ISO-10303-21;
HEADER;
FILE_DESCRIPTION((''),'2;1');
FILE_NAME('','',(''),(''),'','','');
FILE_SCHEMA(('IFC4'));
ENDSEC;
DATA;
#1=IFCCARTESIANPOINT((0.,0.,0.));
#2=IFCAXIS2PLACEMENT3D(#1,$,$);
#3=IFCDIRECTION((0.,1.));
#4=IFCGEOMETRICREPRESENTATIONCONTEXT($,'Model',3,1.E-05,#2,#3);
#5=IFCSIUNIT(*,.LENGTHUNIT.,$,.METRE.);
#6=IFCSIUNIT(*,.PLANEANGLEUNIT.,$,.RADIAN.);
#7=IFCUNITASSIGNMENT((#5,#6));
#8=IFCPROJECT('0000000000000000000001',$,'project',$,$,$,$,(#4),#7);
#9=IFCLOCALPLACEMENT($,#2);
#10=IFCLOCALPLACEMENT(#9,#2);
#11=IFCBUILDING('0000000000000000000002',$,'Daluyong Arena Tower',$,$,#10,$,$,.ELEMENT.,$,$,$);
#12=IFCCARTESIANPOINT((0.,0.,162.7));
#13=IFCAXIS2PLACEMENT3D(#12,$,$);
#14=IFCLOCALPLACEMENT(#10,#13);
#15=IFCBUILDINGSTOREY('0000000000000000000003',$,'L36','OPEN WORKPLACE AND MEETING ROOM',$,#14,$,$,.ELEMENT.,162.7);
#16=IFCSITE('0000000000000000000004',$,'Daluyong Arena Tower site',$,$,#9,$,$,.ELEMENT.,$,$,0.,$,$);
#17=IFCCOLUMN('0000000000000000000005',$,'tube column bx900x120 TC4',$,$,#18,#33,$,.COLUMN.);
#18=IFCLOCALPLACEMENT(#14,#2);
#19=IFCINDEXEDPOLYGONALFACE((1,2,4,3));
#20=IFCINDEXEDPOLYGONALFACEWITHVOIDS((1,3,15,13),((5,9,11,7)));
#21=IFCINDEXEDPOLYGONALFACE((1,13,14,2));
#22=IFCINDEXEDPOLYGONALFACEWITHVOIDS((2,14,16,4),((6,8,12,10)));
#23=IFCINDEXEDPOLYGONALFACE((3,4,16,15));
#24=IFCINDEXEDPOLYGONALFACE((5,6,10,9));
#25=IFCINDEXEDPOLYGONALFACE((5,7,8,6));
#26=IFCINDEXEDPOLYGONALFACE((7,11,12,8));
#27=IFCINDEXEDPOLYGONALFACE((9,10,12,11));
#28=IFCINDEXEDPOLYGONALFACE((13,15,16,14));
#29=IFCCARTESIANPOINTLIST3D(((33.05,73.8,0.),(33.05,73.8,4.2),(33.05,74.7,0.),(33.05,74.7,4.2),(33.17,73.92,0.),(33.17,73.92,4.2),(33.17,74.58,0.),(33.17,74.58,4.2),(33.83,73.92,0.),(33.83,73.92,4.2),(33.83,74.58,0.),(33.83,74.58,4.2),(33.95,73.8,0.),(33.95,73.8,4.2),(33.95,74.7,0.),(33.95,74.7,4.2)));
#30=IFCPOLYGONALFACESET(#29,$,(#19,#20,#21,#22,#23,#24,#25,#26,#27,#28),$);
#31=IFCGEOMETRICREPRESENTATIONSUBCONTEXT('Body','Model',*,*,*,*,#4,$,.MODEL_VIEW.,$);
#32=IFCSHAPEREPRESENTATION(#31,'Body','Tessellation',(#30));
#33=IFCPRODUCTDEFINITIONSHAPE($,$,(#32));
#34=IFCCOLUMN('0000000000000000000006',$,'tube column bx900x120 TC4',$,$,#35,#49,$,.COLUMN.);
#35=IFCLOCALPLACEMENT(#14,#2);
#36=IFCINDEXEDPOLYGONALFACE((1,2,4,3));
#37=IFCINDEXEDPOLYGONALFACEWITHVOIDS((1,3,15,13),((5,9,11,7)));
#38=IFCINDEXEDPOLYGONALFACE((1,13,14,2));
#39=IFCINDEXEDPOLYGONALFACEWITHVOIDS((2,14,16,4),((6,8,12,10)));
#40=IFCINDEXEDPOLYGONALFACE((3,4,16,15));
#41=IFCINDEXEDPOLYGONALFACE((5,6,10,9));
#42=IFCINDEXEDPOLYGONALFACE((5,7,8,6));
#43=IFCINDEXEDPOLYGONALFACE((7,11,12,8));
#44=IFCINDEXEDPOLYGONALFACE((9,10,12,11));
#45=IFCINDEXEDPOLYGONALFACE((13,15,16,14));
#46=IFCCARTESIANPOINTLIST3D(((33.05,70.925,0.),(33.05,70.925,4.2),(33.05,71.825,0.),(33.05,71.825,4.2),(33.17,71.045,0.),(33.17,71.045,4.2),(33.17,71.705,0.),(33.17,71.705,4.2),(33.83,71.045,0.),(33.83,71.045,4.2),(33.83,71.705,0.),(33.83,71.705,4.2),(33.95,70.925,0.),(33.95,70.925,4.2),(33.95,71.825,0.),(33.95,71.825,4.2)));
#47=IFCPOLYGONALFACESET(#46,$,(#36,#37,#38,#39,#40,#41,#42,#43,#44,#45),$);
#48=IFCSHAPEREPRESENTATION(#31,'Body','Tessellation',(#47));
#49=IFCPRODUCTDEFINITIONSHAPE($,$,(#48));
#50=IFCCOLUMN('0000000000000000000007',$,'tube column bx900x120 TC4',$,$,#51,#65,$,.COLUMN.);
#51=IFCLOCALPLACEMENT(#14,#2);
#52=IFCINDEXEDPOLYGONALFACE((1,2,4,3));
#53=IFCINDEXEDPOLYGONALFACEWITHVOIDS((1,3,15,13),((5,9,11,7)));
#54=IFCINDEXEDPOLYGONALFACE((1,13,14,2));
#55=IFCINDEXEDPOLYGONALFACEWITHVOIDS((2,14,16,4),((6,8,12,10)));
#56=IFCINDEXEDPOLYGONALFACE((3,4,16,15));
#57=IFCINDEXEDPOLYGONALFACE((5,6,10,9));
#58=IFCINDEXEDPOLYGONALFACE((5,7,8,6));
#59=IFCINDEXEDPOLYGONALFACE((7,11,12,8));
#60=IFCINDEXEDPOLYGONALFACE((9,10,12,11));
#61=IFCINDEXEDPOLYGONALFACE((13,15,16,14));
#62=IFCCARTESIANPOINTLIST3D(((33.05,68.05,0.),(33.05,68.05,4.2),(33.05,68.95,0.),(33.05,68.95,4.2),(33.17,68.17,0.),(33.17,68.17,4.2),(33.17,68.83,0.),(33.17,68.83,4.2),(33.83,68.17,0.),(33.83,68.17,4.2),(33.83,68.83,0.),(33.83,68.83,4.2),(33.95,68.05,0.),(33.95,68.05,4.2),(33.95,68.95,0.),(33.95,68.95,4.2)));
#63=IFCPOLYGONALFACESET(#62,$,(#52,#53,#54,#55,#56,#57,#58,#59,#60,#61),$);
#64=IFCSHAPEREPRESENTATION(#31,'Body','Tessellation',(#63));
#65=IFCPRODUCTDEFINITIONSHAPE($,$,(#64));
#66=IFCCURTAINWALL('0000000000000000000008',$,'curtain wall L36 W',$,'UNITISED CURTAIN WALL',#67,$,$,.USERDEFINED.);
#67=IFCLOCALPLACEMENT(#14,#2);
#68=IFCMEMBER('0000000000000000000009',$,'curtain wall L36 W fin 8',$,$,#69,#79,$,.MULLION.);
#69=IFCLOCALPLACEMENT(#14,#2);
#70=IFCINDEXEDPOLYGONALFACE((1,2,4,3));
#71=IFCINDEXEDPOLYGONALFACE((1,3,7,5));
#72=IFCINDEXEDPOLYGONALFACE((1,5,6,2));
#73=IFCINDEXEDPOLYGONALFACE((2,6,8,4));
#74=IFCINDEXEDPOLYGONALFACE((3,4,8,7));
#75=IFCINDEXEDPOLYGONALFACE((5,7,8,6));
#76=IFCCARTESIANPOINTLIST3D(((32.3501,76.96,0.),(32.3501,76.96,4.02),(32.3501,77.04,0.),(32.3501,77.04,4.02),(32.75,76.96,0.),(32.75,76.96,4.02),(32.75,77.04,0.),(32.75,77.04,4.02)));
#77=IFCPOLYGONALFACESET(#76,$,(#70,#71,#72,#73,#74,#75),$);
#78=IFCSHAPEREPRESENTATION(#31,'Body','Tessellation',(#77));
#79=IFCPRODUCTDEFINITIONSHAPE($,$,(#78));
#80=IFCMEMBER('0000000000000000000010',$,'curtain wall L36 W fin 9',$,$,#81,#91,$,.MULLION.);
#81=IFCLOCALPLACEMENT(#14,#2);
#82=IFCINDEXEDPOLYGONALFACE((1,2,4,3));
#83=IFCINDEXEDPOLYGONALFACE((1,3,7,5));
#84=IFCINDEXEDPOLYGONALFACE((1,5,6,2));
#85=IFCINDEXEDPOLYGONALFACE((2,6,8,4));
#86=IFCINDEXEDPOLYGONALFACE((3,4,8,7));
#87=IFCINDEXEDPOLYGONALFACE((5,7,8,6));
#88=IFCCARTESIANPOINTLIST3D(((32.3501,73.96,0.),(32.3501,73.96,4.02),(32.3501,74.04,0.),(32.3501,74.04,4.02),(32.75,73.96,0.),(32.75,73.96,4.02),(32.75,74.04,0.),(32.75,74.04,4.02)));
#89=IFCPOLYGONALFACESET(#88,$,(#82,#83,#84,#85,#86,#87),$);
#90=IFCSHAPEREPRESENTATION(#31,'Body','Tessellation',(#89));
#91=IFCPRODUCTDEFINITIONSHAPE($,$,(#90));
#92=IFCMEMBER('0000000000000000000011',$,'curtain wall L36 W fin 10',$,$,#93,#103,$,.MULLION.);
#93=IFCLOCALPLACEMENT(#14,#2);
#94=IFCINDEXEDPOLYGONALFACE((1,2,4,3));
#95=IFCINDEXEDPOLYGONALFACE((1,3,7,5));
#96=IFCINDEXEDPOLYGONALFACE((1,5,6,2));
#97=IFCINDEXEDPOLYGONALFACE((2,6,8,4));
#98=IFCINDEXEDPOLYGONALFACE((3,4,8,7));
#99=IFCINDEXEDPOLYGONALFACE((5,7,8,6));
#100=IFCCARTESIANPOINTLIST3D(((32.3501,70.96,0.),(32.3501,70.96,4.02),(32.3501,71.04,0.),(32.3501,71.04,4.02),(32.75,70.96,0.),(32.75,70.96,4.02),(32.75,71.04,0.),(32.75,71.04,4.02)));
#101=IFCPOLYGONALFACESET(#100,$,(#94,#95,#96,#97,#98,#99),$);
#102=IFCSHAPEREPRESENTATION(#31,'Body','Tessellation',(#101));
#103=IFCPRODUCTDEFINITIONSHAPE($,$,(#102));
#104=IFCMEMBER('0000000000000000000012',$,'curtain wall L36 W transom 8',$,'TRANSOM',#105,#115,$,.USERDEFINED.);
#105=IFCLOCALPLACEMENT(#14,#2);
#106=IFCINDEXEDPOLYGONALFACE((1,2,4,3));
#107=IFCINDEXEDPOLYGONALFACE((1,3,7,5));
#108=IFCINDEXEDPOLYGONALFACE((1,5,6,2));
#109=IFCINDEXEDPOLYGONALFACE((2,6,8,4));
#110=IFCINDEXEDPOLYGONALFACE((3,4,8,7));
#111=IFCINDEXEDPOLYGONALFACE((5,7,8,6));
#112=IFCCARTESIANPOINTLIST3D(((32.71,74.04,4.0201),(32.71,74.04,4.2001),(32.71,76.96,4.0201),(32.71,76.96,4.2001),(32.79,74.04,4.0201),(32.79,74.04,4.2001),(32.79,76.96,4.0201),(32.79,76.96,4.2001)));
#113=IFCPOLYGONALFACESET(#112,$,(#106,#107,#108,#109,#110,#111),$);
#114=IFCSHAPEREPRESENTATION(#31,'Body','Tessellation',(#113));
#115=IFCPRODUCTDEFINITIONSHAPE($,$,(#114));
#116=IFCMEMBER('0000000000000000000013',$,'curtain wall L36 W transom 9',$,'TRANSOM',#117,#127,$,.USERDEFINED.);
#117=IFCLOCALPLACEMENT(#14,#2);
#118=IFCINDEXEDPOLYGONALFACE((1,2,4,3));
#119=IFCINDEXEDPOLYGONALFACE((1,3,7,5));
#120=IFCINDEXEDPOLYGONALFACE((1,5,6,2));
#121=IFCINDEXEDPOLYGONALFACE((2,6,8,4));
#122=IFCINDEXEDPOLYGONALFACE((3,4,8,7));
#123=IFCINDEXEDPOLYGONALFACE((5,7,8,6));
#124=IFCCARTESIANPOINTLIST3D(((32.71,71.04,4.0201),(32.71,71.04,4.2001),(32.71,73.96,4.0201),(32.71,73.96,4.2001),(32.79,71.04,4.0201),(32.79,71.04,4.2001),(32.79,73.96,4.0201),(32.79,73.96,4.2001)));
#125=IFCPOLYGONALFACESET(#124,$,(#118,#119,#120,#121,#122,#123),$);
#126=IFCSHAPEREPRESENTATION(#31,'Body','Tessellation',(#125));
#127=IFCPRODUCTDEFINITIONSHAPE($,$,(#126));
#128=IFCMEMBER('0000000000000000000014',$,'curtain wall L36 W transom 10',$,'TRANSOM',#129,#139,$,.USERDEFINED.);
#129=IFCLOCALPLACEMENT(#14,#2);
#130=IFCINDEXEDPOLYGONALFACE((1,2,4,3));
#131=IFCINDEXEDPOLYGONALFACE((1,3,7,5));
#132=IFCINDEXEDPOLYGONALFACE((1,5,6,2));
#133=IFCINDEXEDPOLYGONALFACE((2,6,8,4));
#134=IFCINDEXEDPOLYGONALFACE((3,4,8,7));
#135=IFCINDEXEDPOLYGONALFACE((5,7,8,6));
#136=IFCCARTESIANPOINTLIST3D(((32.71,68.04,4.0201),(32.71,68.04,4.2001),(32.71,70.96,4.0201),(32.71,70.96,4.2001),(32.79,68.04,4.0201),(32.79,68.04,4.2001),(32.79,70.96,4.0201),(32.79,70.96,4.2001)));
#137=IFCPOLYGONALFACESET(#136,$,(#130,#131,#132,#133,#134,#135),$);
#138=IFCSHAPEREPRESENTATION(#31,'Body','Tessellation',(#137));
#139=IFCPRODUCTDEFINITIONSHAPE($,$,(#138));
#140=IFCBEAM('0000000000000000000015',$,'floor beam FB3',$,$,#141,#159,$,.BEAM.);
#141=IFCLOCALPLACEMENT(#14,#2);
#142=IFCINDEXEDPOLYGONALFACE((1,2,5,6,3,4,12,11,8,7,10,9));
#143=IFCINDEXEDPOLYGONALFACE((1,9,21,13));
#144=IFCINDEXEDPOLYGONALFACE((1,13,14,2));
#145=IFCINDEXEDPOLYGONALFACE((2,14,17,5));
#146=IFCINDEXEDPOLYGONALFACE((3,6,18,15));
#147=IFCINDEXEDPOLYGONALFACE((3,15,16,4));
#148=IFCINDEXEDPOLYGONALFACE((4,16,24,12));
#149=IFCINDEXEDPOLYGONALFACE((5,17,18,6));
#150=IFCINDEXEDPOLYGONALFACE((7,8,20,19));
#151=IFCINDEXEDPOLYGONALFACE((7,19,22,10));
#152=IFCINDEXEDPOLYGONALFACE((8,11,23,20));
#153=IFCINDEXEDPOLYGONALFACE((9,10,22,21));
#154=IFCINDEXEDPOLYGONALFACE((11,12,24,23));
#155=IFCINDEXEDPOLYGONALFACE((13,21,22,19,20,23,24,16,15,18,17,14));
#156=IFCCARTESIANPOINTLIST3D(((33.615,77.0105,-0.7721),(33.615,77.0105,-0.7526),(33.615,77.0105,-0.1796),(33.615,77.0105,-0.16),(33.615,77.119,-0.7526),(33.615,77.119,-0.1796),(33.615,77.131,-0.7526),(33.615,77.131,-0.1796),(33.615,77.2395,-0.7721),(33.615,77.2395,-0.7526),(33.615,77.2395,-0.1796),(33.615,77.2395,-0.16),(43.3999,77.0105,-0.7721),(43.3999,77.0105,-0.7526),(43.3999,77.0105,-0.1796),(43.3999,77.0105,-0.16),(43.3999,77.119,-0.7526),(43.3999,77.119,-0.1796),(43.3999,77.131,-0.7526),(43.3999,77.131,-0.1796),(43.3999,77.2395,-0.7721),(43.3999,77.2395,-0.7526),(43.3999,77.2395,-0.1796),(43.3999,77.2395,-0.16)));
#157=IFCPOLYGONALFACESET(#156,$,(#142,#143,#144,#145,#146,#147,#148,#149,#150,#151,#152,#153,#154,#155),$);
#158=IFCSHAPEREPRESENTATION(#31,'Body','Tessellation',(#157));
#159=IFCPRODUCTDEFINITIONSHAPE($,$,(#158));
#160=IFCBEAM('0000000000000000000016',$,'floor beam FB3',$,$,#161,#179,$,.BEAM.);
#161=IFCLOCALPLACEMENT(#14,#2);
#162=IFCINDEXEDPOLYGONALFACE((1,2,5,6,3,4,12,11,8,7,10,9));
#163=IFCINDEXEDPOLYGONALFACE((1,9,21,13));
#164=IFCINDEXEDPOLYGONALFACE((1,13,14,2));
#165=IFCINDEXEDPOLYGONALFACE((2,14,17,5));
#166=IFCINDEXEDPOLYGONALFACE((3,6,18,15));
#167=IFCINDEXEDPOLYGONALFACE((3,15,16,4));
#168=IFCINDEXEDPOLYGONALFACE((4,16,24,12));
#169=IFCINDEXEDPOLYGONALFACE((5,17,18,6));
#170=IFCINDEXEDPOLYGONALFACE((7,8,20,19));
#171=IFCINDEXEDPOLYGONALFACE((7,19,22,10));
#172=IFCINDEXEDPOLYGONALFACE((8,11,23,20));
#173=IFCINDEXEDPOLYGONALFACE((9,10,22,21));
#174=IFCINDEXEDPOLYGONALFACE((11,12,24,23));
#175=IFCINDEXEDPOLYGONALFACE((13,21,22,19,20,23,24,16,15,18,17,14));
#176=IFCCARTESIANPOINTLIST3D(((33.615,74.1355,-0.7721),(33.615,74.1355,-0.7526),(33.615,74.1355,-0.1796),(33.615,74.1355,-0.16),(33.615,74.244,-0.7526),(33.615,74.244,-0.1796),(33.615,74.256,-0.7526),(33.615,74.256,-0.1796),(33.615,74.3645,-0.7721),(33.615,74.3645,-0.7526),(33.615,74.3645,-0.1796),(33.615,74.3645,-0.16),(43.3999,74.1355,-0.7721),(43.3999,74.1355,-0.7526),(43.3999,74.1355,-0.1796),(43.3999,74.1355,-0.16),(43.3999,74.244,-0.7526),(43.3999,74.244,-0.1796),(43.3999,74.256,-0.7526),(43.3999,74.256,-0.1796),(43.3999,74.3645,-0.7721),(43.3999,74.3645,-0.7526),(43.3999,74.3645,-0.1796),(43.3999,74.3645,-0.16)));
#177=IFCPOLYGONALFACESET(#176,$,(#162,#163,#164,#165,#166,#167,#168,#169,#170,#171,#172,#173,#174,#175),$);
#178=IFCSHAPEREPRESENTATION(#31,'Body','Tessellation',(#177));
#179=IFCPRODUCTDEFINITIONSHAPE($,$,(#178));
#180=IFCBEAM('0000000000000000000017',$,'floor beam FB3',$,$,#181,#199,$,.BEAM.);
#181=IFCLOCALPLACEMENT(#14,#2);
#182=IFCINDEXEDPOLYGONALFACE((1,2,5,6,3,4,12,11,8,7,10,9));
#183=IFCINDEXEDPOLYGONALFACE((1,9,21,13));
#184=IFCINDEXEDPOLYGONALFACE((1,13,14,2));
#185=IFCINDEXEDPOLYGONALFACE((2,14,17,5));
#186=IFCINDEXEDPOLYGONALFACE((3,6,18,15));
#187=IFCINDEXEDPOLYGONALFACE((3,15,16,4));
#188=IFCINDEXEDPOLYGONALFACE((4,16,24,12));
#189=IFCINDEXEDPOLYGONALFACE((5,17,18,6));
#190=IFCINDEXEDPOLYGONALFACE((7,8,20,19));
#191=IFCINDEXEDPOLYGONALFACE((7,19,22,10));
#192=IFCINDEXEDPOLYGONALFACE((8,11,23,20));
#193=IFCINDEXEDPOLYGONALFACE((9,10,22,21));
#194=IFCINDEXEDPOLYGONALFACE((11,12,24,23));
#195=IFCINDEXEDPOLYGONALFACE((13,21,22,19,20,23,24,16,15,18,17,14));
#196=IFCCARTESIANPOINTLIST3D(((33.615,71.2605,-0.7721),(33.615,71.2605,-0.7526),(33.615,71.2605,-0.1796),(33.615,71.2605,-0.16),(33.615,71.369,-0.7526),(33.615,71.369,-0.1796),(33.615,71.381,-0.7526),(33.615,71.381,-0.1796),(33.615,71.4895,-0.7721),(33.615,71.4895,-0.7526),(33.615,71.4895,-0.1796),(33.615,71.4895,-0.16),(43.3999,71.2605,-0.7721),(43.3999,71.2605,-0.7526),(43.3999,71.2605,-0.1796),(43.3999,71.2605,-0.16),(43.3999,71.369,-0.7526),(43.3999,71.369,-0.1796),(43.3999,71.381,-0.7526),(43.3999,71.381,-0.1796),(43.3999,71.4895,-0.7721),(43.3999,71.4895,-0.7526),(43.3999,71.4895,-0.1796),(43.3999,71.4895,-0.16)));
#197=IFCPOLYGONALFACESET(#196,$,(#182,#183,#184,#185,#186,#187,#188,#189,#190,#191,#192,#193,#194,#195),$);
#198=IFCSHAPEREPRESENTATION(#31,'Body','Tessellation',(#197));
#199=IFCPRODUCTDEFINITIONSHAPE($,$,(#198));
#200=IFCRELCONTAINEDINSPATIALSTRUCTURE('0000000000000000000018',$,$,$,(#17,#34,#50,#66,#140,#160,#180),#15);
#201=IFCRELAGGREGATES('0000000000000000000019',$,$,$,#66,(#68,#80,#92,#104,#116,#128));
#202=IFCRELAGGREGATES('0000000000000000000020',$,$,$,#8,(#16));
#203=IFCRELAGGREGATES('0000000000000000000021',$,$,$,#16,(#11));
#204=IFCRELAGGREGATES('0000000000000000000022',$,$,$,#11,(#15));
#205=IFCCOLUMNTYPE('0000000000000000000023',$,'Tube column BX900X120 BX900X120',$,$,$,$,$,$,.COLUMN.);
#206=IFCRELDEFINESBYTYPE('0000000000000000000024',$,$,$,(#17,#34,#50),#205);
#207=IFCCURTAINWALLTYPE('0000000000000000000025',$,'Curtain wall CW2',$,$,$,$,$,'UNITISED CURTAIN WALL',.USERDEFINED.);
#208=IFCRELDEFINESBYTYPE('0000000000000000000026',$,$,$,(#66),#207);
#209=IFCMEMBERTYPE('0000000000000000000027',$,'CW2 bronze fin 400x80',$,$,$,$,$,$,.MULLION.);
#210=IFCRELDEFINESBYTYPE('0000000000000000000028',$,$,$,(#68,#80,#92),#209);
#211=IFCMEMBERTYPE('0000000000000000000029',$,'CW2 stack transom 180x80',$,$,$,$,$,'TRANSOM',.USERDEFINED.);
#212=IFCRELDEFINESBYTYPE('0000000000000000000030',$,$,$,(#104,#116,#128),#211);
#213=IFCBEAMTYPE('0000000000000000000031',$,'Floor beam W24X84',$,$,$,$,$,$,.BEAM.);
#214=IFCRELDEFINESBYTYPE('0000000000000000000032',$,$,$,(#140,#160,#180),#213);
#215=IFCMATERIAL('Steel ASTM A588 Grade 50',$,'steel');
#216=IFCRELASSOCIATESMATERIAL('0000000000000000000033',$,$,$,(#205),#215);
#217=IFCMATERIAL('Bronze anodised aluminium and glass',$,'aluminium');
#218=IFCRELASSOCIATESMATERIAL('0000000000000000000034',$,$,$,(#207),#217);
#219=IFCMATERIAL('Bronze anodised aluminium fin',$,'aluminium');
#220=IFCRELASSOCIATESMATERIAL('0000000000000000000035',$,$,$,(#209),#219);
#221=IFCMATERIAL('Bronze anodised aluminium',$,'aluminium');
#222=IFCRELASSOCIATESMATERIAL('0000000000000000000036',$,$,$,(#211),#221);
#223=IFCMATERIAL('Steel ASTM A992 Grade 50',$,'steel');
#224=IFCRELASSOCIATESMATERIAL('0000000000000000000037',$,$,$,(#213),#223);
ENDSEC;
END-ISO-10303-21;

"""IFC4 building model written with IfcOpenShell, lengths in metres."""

from ifc_helpers import new_model, si_unit, direction, frame, origin, origin_2d, place, context, subcontext, project, spatial, rectangle, hollow_rectangle, i_section, extrude, material, material_profile, profile_set, type_object, element, aggregate, save


model = new_model("IFC4")

# Units and contexts
model_context = context("Model", 3, precision=1e-05, world=origin(), true_north=direction((0.0, 1.0)))
body_context = subcontext(model_context, "Body", "Model", "MODEL_VIEW")
ifc_project = project(units=[si_unit("LENGTHUNIT", "METRE"), si_unit("PLANEANGLEUNIT", "RADIAN")], contexts=[model_context])

# Site, building, storey
site_placement = place(None, origin())
site = spatial("IfcSite", under=ifc_project, at=site_placement, Name="Daluyong Arena Tower site", CompositionType="ELEMENT", RefElevation=0.0)
building_placement = place(site_placement, origin())
building = spatial("IfcBuilding", under=site, at=building_placement, Name="Daluyong Arena Tower", CompositionType="ELEMENT")
storey_placement = place(building_placement, frame((0.0, 0.0, 162.7)))
storey = spatial("IfcBuildingStorey", under=building, at=storey_placement, Name="L36", Description="OPEN WORKPLACE AND MEETING ROOM", CompositionType="ELEMENT", Elevation=162.7)

# Columns
ifc_material_1 = material(Name="Steel ASTM A588 Grade 50", Category="steel")
ifc_material_profile_1 = material_profile(ifc_material_1, hollow_rectangle(XDim=0.8999, YDim=0.8999, WallThickness=0.12, at=origin_2d()))
ifc_profile_set_1 = profile_set([ifc_material_profile_1], Name="Steel ASTM A588 Grade 50")
column_type = type_object("IfcColumnType", Name="Tube column BX900X120 BX900X120", PredefinedType="COLUMN", material=ifc_profile_set_1)
for number, where, z_axis, x_axis, name in (
    (1, (33.5, 74.25, 0.0), (0.0, 0.0, 1.0), (0.0, 1.0, 0.0), "tube column bx900x120 TC4"),
    (2, (33.5, 71.375, 0.0), (0.0, 0.0, 1.0), (0.0, 1.0, 0.0), "tube column bx900x120 TC4"),
    (3, (33.5, 68.5, 0.0), (0.0, 0.0, 1.0), (0.0, 1.0, 0.0), "tube column bx900x120 TC4"),
):
    element("IfcColumn", number, at=place(storey_placement, frame(where, z_axis=z_axis, x_axis=x_axis)), inside=storey, type_object=column_type, Name=name, PredefinedType="COLUMN", context=body_context, shape_type="SweptSolid", body=[
        extrude(hollow_rectangle(XDim=0.8999, YDim=0.8999, WallThickness=0.12, at=origin_2d()), origin(), (0.0, 0.0, 1.0), 4.2),
    ])

# Curtain wall, members
ifc_material_2 = material(Name="Bronze anodised aluminium and glass", Category="aluminium")
curtain_wall_type = type_object("IfcCurtainWallType", Name="Curtain wall CW2", ElementType="UNITISED CURTAIN WALL", PredefinedType="USERDEFINED", material=ifc_material_2)
curtain_wall_placement = place(storey_placement, origin())
curtain_wall = element("IfcCurtainWall", 4, at=curtain_wall_placement, inside=storey, type_object=curtain_wall_type, Name="curtain wall L36 W", ObjectType="UNITISED CURTAIN WALL", PredefinedType="USERDEFINED")
ifc_material_3 = material(Name="Bronze anodised aluminium fin", Category="aluminium")
ifc_material_profile_2 = material_profile(ifc_material_3, rectangle(XDim=0.3999, YDim=0.0801, at=origin_2d()))
ifc_profile_set_2 = profile_set([ifc_material_profile_2], Name="Bronze anodised aluminium fin")
member_type_1 = type_object("IfcMemberType", Name="CW2 bronze fin 400x80", PredefinedType="MULLION", material=ifc_profile_set_2)
member_1_placement = place(storey_placement, frame((32.55, 77.0, 0.0), z_axis=(0.0, 0.0, 1.0), x_axis=(1.0, 0.0, 0.0)))
member_1 = element("IfcMember", 5, at=member_1_placement, type_object=member_type_1, Name="curtain wall L36 W fin 8", PredefinedType="MULLION", context=body_context, shape_type="SweptSolid", body=[
    extrude(rectangle(XDim=0.3999, YDim=0.0801, at=origin_2d()), origin(), (0.0, 0.0, 1.0), 4.02),
])
member_2_placement = place(storey_placement, frame((32.55, 74.0, 0.0), z_axis=(0.0, 0.0, 1.0), x_axis=(1.0, 0.0, 0.0)))
member_2 = element("IfcMember", 6, at=member_2_placement, type_object=member_type_1, Name="curtain wall L36 W fin 9", PredefinedType="MULLION", context=body_context, shape_type="SweptSolid", body=[
    extrude(rectangle(XDim=0.3999, YDim=0.0801, at=origin_2d()), origin(), (0.0, 0.0, 1.0), 4.02),
])
member_3_placement = place(storey_placement, frame((32.55, 71.0, 0.0), z_axis=(0.0, 0.0, 1.0), x_axis=(1.0, 0.0, 0.0)))
member_3 = element("IfcMember", 7, at=member_3_placement, type_object=member_type_1, Name="curtain wall L36 W fin 10", PredefinedType="MULLION", context=body_context, shape_type="SweptSolid", body=[
    extrude(rectangle(XDim=0.3999, YDim=0.0801, at=origin_2d()), origin(), (0.0, 0.0, 1.0), 4.02),
])
ifc_material_4 = material(Name="Bronze anodised aluminium", Category="aluminium")
ifc_material_profile_3 = material_profile(ifc_material_4, rectangle(XDim=0.0801, YDim=0.1799, at=origin_2d()))
ifc_profile_set_3 = profile_set([ifc_material_profile_3], Name="Bronze anodised aluminium")
member_type_2 = type_object("IfcMemberType", Name="CW2 stack transom 180x80", ElementType="TRANSOM", PredefinedType="USERDEFINED", material=ifc_profile_set_3)
member_4_placement = place(storey_placement, frame((32.75, 76.96, 4.1101), z_axis=(0.0, -1.0, 0.0), x_axis=(1.0, 0.0, 0.0)))
member_4 = element("IfcMember", 8, at=member_4_placement, type_object=member_type_2, Name="curtain wall L36 W transom 8", ObjectType="TRANSOM", PredefinedType="USERDEFINED", context=body_context, shape_type="SweptSolid", body=[
    extrude(rectangle(XDim=0.0801, YDim=0.1799, at=origin_2d()), origin(), (0.0, 0.0, 1.0), 2.9199),
])
member_5_placement = place(storey_placement, frame((32.75, 73.96, 4.1101), z_axis=(0.0, -1.0, 0.0), x_axis=(1.0, 0.0, 0.0)))
member_5 = element("IfcMember", 9, at=member_5_placement, type_object=member_type_2, Name="curtain wall L36 W transom 9", ObjectType="TRANSOM", PredefinedType="USERDEFINED", context=body_context, shape_type="SweptSolid", body=[
    extrude(rectangle(XDim=0.0801, YDim=0.1799, at=origin_2d()), origin(), (0.0, 0.0, 1.0), 2.9199),
])
member_6_placement = place(storey_placement, frame((32.75, 70.96, 4.1101), z_axis=(0.0, -1.0, 0.0), x_axis=(1.0, 0.0, 0.0)))
member_6 = element("IfcMember", 10, at=member_6_placement, type_object=member_type_2, Name="curtain wall L36 W transom 10", ObjectType="TRANSOM", PredefinedType="USERDEFINED", context=body_context, shape_type="SweptSolid", body=[
    extrude(rectangle(XDim=0.0801, YDim=0.1799, at=origin_2d()), origin(), (0.0, 0.0, 1.0), 2.9199),
])

# Beams
ifc_material_5 = material(Name="Steel ASTM A992 Grade 50", Category="steel")
ifc_material_profile_4 = material_profile(ifc_material_5, i_section(OverallWidth=0.229, OverallDepth=0.6121, WebThickness=0.012, FlangeThickness=0.0195, at=origin_2d()))
ifc_profile_set_4 = profile_set([ifc_material_profile_4], Name="Steel ASTM A992 Grade 50")
beam_type_1 = type_object("IfcBeamType", Name="Floor beam W24X84", PredefinedType="BEAM", material=ifc_profile_set_4)
for number, where, z_axis, x_axis, name in (
    (11, (33.615, 77.125, -0.4661), (1.0, 0.0, 0.0), (0.0, 1.0, 0.0), "floor beam FB3"),
    (12, (33.615, 74.25, -0.4661), (1.0, 0.0, 0.0), (0.0, 1.0, 0.0), "floor beam FB3"),
    (13, (33.615, 71.375, -0.4661), (1.0, 0.0, 0.0), (0.0, 1.0, 0.0), "floor beam FB3"),
):
    element("IfcBeam", number, at=place(storey_placement, frame(where, z_axis=z_axis, x_axis=x_axis)), inside=storey, type_object=beam_type_1, Name=name, PredefinedType="BEAM", context=body_context, shape_type="SweptSolid", body=[
        extrude(i_section(OverallWidth=0.229, OverallDepth=0.6121, WebThickness=0.012, FlangeThickness=0.0195, at=origin_2d()), origin(), (0.0, 0.0, 1.0), 9.7849),
    ])

aggregate(curtain_wall, [member_1, member_2, member_3, member_4, member_5, member_6])

save(model, "model.ifc")
